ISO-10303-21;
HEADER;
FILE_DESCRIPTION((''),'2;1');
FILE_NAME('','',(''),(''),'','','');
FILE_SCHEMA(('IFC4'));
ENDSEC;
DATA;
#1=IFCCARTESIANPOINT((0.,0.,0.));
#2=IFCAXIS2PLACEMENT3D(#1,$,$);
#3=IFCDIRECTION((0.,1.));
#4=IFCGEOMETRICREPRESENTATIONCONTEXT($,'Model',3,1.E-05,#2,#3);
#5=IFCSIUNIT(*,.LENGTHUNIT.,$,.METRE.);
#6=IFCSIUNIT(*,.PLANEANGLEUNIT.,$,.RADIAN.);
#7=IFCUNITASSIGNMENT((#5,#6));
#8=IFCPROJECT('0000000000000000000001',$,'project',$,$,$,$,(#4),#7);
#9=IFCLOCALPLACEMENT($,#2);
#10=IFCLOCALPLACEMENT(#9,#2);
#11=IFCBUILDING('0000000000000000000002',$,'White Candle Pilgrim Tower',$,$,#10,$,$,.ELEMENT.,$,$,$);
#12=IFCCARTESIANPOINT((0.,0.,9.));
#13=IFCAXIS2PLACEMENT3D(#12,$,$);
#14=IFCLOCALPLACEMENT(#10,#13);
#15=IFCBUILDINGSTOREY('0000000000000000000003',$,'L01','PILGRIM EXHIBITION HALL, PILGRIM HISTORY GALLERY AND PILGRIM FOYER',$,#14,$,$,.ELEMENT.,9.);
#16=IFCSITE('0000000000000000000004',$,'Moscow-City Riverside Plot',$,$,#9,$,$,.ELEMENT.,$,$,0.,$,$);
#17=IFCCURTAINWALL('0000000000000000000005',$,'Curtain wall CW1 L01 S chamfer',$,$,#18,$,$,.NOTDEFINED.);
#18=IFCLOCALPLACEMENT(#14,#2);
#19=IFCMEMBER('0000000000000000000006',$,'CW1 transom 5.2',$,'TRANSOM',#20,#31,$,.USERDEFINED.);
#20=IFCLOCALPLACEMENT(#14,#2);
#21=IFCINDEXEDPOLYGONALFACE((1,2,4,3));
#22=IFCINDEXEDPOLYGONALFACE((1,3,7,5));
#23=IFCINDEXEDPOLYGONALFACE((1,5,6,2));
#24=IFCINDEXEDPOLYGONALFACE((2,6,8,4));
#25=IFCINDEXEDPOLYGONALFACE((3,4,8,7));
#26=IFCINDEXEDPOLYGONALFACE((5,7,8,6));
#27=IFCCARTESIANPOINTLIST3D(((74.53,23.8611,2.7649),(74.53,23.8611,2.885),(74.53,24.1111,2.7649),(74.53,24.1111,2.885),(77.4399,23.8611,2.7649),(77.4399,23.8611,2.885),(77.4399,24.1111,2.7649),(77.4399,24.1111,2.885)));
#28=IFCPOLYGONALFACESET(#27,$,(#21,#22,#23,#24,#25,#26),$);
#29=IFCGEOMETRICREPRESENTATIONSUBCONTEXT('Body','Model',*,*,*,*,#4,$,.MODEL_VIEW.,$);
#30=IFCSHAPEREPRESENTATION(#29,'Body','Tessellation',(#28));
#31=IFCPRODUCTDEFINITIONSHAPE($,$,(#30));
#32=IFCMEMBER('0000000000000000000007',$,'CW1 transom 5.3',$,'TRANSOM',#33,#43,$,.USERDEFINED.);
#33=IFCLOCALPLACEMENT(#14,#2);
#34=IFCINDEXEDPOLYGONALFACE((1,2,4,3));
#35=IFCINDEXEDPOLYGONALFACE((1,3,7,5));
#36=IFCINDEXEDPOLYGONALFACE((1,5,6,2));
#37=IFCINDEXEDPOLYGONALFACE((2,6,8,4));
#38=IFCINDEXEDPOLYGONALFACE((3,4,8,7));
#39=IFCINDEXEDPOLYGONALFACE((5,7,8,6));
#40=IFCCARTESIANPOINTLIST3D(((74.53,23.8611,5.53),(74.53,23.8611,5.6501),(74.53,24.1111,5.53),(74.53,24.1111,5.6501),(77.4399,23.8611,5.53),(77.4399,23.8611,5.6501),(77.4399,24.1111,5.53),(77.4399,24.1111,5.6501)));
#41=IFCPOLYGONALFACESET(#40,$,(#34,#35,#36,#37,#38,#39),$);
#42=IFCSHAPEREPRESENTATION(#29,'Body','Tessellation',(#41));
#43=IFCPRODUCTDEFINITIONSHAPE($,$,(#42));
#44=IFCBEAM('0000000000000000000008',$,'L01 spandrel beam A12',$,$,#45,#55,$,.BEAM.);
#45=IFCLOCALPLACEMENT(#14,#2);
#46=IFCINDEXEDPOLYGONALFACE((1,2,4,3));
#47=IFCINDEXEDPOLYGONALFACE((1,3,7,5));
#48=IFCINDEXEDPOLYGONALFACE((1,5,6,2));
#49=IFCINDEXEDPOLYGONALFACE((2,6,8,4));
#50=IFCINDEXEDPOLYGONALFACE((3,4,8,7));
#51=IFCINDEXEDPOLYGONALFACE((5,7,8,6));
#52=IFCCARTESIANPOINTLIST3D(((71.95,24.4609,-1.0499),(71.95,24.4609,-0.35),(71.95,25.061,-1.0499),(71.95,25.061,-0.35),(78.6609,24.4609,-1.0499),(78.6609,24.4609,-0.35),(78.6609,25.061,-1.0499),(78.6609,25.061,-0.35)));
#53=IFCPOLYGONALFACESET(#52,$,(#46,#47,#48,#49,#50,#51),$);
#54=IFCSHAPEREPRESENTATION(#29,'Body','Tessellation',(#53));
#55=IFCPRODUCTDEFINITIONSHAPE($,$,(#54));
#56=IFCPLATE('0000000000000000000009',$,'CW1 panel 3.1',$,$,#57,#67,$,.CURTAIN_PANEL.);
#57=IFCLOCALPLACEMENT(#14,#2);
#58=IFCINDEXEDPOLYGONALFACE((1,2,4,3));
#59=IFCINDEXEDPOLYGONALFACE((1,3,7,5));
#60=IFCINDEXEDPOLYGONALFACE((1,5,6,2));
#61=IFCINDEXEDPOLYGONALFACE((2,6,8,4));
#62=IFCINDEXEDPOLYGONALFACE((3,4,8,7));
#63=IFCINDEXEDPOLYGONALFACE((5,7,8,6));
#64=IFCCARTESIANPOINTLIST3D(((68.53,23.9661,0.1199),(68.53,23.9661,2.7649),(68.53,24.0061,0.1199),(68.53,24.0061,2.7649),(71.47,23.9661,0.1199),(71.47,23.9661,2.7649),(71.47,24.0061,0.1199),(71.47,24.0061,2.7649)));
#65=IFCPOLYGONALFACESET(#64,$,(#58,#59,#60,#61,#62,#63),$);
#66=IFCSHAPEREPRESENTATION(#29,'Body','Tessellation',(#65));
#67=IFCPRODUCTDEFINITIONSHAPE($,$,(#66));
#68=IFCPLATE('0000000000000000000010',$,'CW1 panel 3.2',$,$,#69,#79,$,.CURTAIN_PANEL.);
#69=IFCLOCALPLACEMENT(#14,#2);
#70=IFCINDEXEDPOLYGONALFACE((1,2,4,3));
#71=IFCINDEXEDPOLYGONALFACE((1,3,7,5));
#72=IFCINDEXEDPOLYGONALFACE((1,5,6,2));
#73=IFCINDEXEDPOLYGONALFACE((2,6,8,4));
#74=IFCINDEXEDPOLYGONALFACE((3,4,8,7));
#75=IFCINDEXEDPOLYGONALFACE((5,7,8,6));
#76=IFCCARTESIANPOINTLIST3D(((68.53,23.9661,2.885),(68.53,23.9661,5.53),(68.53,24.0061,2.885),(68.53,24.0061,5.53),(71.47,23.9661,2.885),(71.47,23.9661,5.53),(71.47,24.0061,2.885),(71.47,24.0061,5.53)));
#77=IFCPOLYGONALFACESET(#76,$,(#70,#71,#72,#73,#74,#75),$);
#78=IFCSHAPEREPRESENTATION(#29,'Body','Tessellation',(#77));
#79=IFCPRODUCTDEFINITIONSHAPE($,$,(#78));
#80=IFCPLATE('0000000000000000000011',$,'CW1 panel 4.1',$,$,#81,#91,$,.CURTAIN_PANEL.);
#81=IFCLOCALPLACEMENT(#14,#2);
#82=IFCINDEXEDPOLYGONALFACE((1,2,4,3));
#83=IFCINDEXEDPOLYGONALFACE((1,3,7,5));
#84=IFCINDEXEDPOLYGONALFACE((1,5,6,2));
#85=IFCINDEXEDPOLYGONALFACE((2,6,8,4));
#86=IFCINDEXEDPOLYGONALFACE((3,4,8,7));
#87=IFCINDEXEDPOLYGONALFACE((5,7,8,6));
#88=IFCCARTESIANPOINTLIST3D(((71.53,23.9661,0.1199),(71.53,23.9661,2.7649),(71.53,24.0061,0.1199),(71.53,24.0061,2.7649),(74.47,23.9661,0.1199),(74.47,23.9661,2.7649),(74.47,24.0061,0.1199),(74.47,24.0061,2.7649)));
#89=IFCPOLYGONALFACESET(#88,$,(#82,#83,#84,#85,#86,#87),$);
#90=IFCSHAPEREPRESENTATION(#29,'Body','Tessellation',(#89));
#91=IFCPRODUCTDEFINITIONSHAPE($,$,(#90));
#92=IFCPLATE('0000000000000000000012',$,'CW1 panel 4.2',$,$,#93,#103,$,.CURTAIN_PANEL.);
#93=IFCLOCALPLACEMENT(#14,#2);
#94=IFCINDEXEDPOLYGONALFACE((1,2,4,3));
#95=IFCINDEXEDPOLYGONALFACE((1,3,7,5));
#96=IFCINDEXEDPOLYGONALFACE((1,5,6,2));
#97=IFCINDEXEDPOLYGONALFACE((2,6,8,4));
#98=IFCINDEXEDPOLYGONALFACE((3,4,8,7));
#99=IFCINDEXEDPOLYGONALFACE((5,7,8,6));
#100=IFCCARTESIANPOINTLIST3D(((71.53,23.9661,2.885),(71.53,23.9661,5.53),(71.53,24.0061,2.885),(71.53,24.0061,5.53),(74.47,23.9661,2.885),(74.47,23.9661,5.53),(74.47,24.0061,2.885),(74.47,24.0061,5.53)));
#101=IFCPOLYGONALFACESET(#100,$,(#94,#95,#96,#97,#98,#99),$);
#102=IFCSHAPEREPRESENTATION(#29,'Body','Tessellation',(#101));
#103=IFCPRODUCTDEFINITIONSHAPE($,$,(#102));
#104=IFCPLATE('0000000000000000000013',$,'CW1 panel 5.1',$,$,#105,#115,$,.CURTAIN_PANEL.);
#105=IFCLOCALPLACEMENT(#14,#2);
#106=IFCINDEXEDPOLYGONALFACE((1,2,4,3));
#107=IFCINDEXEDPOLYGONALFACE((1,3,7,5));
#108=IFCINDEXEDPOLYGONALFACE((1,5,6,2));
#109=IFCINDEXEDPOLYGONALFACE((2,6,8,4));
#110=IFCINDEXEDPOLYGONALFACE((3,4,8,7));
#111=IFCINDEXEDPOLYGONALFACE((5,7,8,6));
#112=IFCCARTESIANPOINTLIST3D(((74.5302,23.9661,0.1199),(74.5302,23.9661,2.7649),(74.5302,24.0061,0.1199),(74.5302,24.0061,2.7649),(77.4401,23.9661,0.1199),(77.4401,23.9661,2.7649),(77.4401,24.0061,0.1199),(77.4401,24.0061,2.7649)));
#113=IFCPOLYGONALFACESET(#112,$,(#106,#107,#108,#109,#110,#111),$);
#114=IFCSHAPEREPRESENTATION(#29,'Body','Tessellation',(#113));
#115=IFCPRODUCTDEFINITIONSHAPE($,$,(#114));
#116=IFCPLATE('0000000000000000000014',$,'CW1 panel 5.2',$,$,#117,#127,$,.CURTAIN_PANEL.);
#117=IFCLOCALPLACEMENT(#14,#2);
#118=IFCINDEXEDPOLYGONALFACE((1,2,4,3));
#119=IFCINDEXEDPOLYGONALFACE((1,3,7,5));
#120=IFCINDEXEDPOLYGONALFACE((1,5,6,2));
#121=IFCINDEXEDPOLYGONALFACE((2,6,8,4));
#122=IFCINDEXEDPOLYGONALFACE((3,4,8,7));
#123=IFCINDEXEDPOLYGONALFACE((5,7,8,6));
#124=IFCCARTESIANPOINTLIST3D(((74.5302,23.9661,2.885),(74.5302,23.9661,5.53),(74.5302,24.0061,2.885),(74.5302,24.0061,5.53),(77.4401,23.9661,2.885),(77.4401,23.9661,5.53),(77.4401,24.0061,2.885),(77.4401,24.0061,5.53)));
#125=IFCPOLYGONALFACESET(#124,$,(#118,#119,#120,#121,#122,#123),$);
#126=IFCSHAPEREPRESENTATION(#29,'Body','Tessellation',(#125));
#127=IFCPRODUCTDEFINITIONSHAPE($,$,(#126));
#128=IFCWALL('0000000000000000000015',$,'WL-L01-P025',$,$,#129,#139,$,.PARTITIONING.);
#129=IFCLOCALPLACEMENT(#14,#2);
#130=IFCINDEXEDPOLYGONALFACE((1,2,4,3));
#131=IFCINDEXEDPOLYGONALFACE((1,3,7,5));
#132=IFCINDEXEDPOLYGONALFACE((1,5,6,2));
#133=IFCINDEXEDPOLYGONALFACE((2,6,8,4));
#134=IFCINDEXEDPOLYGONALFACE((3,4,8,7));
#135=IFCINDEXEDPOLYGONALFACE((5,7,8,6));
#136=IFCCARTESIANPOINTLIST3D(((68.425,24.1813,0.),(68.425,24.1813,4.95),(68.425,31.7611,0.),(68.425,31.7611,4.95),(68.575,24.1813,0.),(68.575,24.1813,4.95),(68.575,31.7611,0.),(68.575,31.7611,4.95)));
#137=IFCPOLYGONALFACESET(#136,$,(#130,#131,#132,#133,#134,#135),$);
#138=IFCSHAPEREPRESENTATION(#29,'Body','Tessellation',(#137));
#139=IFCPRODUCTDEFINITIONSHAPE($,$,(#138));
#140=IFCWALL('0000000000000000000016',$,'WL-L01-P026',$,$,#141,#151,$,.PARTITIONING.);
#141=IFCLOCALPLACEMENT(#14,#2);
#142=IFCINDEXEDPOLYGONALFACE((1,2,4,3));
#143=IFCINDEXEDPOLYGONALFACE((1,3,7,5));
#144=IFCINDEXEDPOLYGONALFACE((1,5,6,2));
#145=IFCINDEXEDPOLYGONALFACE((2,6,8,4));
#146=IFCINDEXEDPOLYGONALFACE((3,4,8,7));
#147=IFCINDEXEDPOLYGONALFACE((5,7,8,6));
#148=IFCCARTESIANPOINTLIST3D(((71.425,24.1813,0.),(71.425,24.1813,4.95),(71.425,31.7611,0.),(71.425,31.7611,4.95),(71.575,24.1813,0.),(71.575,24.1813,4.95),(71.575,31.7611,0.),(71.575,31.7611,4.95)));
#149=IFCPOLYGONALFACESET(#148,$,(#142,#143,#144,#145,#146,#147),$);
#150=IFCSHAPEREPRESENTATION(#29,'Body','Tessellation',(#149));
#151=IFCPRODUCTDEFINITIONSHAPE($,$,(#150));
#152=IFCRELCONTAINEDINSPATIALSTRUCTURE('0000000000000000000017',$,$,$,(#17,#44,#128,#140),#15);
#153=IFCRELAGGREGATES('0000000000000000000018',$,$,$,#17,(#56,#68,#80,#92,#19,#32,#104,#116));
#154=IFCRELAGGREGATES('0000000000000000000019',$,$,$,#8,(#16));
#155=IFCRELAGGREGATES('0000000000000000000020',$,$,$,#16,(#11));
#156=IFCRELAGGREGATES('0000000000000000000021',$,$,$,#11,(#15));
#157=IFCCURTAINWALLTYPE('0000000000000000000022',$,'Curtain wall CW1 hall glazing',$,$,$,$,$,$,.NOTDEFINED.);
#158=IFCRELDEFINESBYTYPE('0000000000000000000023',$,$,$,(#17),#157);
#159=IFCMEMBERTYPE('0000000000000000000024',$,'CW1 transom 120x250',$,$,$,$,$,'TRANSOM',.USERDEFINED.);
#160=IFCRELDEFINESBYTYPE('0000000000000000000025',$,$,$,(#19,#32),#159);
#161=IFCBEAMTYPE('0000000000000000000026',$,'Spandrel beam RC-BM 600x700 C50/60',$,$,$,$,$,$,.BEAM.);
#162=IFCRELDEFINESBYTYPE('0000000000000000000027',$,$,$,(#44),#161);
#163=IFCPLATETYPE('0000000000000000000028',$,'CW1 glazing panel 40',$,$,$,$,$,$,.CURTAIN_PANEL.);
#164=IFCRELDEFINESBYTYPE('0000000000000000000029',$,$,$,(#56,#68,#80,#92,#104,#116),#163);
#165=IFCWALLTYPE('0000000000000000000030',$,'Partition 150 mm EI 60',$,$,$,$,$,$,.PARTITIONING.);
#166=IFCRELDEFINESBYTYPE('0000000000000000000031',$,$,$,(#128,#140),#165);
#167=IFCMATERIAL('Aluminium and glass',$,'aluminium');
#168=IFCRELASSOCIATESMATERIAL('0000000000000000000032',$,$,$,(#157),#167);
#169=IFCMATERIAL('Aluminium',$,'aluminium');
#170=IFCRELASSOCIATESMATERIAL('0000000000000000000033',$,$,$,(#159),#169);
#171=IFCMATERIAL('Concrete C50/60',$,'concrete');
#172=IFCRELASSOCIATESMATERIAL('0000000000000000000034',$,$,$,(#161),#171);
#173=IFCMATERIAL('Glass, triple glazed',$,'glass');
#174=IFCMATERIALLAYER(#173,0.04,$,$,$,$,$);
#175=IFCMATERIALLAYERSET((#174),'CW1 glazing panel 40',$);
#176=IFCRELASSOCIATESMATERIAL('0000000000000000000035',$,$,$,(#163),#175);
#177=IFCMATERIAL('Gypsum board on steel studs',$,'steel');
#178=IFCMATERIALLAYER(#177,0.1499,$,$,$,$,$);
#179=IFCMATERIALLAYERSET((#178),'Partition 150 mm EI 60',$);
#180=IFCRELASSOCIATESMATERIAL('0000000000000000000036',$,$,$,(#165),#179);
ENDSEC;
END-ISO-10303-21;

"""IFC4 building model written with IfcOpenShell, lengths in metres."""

from ifc_helpers import new_model, si_unit, direction, frame, frame_2d, origin, origin_2d, place, context, subcontext, project, spatial, rectangle, extrude, material, layer, layer_set, material_profile, profile_set, type_object, element, aggregate, save


model = new_model("IFC4")

# Units and contexts
model_context = context("Model", 3, precision=1e-05, world=origin(), true_north=direction((0.0, 1.0)))
body_context = subcontext(model_context, "Body", "Model", "MODEL_VIEW")
ifc_project = project(units=[si_unit("LENGTHUNIT", "METRE"), si_unit("PLANEANGLEUNIT", "RADIAN")], contexts=[model_context])

# Site, building, storey
site_placement = place(None, origin())
site = spatial("IfcSite", under=ifc_project, at=site_placement, Name="Moscow-City Riverside Plot", CompositionType="ELEMENT", RefElevation=0.0)
building_placement = place(site_placement, origin())
building = spatial("IfcBuilding", under=site, at=building_placement, Name="White Candle Pilgrim Tower", CompositionType="ELEMENT")
storey_placement = place(building_placement, frame((0.0, 0.0, 9.0)))
storey = spatial("IfcBuildingStorey", under=building, at=storey_placement, Name="L01", Description="PILGRIM EXHIBITION HALL, PILGRIM HISTORY GALLERY AND PILGRIM FOYER", CompositionType="ELEMENT", Elevation=9.0)

# Curtain wall, members
ifc_material_1 = material(Name="Aluminium and glass", Category="aluminium")
curtain_wall_type = type_object("IfcCurtainWallType", Name="Curtain wall CW1 hall glazing", PredefinedType="NOTDEFINED", material=ifc_material_1)
curtain_wall_placement = place(storey_placement, origin())
curtain_wall = element("IfcCurtainWall", 1, at=curtain_wall_placement, inside=storey, type_object=curtain_wall_type, Name="Curtain wall CW1 L01 S chamfer", PredefinedType="NOTDEFINED")
ifc_material_2 = material(Name="Aluminium", Category="aluminium")
ifc_material_profile_1 = material_profile(ifc_material_2, rectangle(XDim=0.25, YDim=0.1201, at=origin_2d()), Name="CW1 transom 120x250")
ifc_profile_set_1 = profile_set([ifc_material_profile_1], Name="Aluminium")
member_type_1 = type_object("IfcMemberType", Name="CW1 transom 120x250", ElementType="TRANSOM", PredefinedType="USERDEFINED", material=ifc_profile_set_1)
member_1_placement = place(storey_placement, frame((74.53, 23.9861, 2.825), z_axis=(1.0, 0.0, 0.0), x_axis=(0.0, 1.0, 0.0)))
member_1 = element("IfcMember", 2, at=member_1_placement, type_object=member_type_1, Name="CW1 transom 5.2", ObjectType="TRANSOM", PredefinedType="USERDEFINED", context=body_context, shape_type="SweptSolid", body=[
    extrude(rectangle(XDim=0.25, YDim=0.1201, at=origin_2d()), origin(), (0.0, 0.0, 1.0), 2.9099),
])
member_2_placement = place(storey_placement, frame((74.53, 23.9861, 5.5901), z_axis=(1.0, 0.0, 0.0), x_axis=(0.0, 1.0, 0.0)))
member_2 = element("IfcMember", 3, at=member_2_placement, type_object=member_type_1, Name="CW1 transom 5.3", ObjectType="TRANSOM", PredefinedType="USERDEFINED", context=body_context, shape_type="SweptSolid", body=[
    extrude(rectangle(XDim=0.25, YDim=0.1201, at=origin_2d()), origin(), (0.0, 0.0, 1.0), 2.9099),
])

# Beam
ifc_material_3 = material(Name="Concrete C50/60", Category="concrete")
ifc_material_profile_2 = material_profile(ifc_material_3, rectangle(XDim=0.6001, YDim=0.7, at=origin_2d()), Name="RC-BM 600x700")
ifc_profile_set_2 = profile_set([ifc_material_profile_2], Name="Concrete C50/60")
beam_type = type_object("IfcBeamType", Name="Spandrel beam RC-BM 600x700 C50/60", PredefinedType="BEAM", material=ifc_profile_set_2)
beam_placement = place(storey_placement, frame((71.95, 24.761, -0.7), z_axis=(1.0, 0.0, 0.0), x_axis=(0.0, 1.0, 0.0)))
element("IfcBeam", 4, at=beam_placement, inside=storey, type_object=beam_type, Name="L01 spandrel beam A12", PredefinedType="BEAM", context=body_context, shape_type="SweptSolid", body=[
    extrude(rectangle(XDim=0.6001, YDim=0.7, at=origin_2d()), origin(), (0.0, 0.0, 1.0), 6.7109),
])

# Plates
ifc_material_4 = material(Name="Glass, triple glazed", Category="glass")
ifc_layer_1 = layer(ifc_material_4, 0.04)
ifc_layer_set_1 = layer_set([ifc_layer_1], Name="CW1 glazing panel 40")
plate_type = type_object("IfcPlateType", Name="CW1 glazing panel 40", PredefinedType="CURTAIN_PANEL", material=ifc_layer_set_1)
plate_1_placement = place(storey_placement, frame((70.0, 23.9861, 0.1199), z_axis=(0.0, 0.0, 1.0), x_axis=(1.0, 0.0, 0.0)))
plate_1 = element("IfcPlate", 5, at=plate_1_placement, type_object=plate_type, Name="CW1 panel 3.1", PredefinedType="CURTAIN_PANEL", context=body_context, shape_type="SweptSolid", body=[
    extrude(rectangle(XDim=2.9399, YDim=0.04, at=origin_2d()), origin(), (0.0, 0.0, 1.0), 2.645),
])
plate_2_placement = place(storey_placement, frame((70.0, 23.9861, 2.885), z_axis=(0.0, 0.0, 1.0), x_axis=(1.0, 0.0, 0.0)))
plate_2 = element("IfcPlate", 6, at=plate_2_placement, type_object=plate_type, Name="CW1 panel 3.2", PredefinedType="CURTAIN_PANEL", context=body_context, shape_type="SweptSolid", body=[
    extrude(rectangle(XDim=2.9399, YDim=0.04, at=origin_2d()), origin(), (0.0, 0.0, 1.0), 2.645),
])
plate_3_placement = place(storey_placement, frame((73.0, 23.9861, 0.1199), z_axis=(0.0, 0.0, 1.0), x_axis=(1.0, 0.0, 0.0)))
plate_3 = element("IfcPlate", 7, at=plate_3_placement, type_object=plate_type, Name="CW1 panel 4.1", PredefinedType="CURTAIN_PANEL", context=body_context, shape_type="SweptSolid", body=[
    extrude(rectangle(XDim=2.9399, YDim=0.04, at=origin_2d()), origin(), (0.0, 0.0, 1.0), 2.645),
])
plate_4_placement = place(storey_placement, frame((73.0, 23.9861, 2.885), z_axis=(0.0, 0.0, 1.0), x_axis=(1.0, 0.0, 0.0)))
plate_4 = element("IfcPlate", 8, at=plate_4_placement, type_object=plate_type, Name="CW1 panel 4.2", PredefinedType="CURTAIN_PANEL", context=body_context, shape_type="SweptSolid", body=[
    extrude(rectangle(XDim=2.9399, YDim=0.04, at=origin_2d()), origin(), (0.0, 0.0, 1.0), 2.645),
])
plate_5_placement = place(storey_placement, frame((75.9851, 23.9861, 0.1199), z_axis=(0.0, 0.0, 1.0), x_axis=(1.0, 0.0, 0.0)))
plate_5 = element("IfcPlate", 9, at=plate_5_placement, type_object=plate_type, Name="CW1 panel 5.1", PredefinedType="CURTAIN_PANEL", context=body_context, shape_type="SweptSolid", body=[
    extrude(rectangle(XDim=2.9099, YDim=0.04, at=origin_2d()), origin(), (0.0, 0.0, 1.0), 2.645),
])
plate_6_placement = place(storey_placement, frame((75.9851, 23.9861, 2.885), z_axis=(0.0, 0.0, 1.0), x_axis=(1.0, 0.0, 0.0)))
plate_6 = element("IfcPlate", 10, at=plate_6_placement, type_object=plate_type, Name="CW1 panel 5.2", PredefinedType="CURTAIN_PANEL", context=body_context, shape_type="SweptSolid", body=[
    extrude(rectangle(XDim=2.9099, YDim=0.04, at=origin_2d()), origin(), (0.0, 0.0, 1.0), 2.645),
])
aggregate(curtain_wall, [plate_1, plate_2, plate_3, plate_4, member_1, member_2, plate_5, plate_6])

# Walls
ifc_material_5 = material(Name="Gypsum board on steel studs", Category="steel")
ifc_layer_2 = layer(ifc_material_5, 0.1499)
ifc_layer_set_2 = layer_set([ifc_layer_2], Name="Partition 150 mm EI 60")
wall_type = type_object("IfcWallType", Name="Partition 150 mm EI 60", PredefinedType="PARTITIONING", material=ifc_layer_set_2)
for number, where, z_axis, x_axis, name in (
    (11, (68.5, 24.1812, 0.0), (0.0, 0.0, 1.0), (0.0, 1.0, 0.0), "WL-L01-P025"),
    (12, (71.5, 24.1812, 0.0), (0.0, 0.0, 1.0), (0.0, 1.0, 0.0), "WL-L01-P026"),
):
    element("IfcWall", number, at=place(storey_placement, frame(where, z_axis=z_axis, x_axis=x_axis)), inside=storey, type_object=wall_type, Name=name, PredefinedType="PARTITIONING", context=body_context, shape_type="SweptSolid", body=[
        extrude(rectangle(XDim=7.5798, YDim=0.1499, at=frame_2d((3.79, 0.0))), origin(), (0.0, 0.0, 1.0), 4.95),
    ])

save(model, "model.ifc")
